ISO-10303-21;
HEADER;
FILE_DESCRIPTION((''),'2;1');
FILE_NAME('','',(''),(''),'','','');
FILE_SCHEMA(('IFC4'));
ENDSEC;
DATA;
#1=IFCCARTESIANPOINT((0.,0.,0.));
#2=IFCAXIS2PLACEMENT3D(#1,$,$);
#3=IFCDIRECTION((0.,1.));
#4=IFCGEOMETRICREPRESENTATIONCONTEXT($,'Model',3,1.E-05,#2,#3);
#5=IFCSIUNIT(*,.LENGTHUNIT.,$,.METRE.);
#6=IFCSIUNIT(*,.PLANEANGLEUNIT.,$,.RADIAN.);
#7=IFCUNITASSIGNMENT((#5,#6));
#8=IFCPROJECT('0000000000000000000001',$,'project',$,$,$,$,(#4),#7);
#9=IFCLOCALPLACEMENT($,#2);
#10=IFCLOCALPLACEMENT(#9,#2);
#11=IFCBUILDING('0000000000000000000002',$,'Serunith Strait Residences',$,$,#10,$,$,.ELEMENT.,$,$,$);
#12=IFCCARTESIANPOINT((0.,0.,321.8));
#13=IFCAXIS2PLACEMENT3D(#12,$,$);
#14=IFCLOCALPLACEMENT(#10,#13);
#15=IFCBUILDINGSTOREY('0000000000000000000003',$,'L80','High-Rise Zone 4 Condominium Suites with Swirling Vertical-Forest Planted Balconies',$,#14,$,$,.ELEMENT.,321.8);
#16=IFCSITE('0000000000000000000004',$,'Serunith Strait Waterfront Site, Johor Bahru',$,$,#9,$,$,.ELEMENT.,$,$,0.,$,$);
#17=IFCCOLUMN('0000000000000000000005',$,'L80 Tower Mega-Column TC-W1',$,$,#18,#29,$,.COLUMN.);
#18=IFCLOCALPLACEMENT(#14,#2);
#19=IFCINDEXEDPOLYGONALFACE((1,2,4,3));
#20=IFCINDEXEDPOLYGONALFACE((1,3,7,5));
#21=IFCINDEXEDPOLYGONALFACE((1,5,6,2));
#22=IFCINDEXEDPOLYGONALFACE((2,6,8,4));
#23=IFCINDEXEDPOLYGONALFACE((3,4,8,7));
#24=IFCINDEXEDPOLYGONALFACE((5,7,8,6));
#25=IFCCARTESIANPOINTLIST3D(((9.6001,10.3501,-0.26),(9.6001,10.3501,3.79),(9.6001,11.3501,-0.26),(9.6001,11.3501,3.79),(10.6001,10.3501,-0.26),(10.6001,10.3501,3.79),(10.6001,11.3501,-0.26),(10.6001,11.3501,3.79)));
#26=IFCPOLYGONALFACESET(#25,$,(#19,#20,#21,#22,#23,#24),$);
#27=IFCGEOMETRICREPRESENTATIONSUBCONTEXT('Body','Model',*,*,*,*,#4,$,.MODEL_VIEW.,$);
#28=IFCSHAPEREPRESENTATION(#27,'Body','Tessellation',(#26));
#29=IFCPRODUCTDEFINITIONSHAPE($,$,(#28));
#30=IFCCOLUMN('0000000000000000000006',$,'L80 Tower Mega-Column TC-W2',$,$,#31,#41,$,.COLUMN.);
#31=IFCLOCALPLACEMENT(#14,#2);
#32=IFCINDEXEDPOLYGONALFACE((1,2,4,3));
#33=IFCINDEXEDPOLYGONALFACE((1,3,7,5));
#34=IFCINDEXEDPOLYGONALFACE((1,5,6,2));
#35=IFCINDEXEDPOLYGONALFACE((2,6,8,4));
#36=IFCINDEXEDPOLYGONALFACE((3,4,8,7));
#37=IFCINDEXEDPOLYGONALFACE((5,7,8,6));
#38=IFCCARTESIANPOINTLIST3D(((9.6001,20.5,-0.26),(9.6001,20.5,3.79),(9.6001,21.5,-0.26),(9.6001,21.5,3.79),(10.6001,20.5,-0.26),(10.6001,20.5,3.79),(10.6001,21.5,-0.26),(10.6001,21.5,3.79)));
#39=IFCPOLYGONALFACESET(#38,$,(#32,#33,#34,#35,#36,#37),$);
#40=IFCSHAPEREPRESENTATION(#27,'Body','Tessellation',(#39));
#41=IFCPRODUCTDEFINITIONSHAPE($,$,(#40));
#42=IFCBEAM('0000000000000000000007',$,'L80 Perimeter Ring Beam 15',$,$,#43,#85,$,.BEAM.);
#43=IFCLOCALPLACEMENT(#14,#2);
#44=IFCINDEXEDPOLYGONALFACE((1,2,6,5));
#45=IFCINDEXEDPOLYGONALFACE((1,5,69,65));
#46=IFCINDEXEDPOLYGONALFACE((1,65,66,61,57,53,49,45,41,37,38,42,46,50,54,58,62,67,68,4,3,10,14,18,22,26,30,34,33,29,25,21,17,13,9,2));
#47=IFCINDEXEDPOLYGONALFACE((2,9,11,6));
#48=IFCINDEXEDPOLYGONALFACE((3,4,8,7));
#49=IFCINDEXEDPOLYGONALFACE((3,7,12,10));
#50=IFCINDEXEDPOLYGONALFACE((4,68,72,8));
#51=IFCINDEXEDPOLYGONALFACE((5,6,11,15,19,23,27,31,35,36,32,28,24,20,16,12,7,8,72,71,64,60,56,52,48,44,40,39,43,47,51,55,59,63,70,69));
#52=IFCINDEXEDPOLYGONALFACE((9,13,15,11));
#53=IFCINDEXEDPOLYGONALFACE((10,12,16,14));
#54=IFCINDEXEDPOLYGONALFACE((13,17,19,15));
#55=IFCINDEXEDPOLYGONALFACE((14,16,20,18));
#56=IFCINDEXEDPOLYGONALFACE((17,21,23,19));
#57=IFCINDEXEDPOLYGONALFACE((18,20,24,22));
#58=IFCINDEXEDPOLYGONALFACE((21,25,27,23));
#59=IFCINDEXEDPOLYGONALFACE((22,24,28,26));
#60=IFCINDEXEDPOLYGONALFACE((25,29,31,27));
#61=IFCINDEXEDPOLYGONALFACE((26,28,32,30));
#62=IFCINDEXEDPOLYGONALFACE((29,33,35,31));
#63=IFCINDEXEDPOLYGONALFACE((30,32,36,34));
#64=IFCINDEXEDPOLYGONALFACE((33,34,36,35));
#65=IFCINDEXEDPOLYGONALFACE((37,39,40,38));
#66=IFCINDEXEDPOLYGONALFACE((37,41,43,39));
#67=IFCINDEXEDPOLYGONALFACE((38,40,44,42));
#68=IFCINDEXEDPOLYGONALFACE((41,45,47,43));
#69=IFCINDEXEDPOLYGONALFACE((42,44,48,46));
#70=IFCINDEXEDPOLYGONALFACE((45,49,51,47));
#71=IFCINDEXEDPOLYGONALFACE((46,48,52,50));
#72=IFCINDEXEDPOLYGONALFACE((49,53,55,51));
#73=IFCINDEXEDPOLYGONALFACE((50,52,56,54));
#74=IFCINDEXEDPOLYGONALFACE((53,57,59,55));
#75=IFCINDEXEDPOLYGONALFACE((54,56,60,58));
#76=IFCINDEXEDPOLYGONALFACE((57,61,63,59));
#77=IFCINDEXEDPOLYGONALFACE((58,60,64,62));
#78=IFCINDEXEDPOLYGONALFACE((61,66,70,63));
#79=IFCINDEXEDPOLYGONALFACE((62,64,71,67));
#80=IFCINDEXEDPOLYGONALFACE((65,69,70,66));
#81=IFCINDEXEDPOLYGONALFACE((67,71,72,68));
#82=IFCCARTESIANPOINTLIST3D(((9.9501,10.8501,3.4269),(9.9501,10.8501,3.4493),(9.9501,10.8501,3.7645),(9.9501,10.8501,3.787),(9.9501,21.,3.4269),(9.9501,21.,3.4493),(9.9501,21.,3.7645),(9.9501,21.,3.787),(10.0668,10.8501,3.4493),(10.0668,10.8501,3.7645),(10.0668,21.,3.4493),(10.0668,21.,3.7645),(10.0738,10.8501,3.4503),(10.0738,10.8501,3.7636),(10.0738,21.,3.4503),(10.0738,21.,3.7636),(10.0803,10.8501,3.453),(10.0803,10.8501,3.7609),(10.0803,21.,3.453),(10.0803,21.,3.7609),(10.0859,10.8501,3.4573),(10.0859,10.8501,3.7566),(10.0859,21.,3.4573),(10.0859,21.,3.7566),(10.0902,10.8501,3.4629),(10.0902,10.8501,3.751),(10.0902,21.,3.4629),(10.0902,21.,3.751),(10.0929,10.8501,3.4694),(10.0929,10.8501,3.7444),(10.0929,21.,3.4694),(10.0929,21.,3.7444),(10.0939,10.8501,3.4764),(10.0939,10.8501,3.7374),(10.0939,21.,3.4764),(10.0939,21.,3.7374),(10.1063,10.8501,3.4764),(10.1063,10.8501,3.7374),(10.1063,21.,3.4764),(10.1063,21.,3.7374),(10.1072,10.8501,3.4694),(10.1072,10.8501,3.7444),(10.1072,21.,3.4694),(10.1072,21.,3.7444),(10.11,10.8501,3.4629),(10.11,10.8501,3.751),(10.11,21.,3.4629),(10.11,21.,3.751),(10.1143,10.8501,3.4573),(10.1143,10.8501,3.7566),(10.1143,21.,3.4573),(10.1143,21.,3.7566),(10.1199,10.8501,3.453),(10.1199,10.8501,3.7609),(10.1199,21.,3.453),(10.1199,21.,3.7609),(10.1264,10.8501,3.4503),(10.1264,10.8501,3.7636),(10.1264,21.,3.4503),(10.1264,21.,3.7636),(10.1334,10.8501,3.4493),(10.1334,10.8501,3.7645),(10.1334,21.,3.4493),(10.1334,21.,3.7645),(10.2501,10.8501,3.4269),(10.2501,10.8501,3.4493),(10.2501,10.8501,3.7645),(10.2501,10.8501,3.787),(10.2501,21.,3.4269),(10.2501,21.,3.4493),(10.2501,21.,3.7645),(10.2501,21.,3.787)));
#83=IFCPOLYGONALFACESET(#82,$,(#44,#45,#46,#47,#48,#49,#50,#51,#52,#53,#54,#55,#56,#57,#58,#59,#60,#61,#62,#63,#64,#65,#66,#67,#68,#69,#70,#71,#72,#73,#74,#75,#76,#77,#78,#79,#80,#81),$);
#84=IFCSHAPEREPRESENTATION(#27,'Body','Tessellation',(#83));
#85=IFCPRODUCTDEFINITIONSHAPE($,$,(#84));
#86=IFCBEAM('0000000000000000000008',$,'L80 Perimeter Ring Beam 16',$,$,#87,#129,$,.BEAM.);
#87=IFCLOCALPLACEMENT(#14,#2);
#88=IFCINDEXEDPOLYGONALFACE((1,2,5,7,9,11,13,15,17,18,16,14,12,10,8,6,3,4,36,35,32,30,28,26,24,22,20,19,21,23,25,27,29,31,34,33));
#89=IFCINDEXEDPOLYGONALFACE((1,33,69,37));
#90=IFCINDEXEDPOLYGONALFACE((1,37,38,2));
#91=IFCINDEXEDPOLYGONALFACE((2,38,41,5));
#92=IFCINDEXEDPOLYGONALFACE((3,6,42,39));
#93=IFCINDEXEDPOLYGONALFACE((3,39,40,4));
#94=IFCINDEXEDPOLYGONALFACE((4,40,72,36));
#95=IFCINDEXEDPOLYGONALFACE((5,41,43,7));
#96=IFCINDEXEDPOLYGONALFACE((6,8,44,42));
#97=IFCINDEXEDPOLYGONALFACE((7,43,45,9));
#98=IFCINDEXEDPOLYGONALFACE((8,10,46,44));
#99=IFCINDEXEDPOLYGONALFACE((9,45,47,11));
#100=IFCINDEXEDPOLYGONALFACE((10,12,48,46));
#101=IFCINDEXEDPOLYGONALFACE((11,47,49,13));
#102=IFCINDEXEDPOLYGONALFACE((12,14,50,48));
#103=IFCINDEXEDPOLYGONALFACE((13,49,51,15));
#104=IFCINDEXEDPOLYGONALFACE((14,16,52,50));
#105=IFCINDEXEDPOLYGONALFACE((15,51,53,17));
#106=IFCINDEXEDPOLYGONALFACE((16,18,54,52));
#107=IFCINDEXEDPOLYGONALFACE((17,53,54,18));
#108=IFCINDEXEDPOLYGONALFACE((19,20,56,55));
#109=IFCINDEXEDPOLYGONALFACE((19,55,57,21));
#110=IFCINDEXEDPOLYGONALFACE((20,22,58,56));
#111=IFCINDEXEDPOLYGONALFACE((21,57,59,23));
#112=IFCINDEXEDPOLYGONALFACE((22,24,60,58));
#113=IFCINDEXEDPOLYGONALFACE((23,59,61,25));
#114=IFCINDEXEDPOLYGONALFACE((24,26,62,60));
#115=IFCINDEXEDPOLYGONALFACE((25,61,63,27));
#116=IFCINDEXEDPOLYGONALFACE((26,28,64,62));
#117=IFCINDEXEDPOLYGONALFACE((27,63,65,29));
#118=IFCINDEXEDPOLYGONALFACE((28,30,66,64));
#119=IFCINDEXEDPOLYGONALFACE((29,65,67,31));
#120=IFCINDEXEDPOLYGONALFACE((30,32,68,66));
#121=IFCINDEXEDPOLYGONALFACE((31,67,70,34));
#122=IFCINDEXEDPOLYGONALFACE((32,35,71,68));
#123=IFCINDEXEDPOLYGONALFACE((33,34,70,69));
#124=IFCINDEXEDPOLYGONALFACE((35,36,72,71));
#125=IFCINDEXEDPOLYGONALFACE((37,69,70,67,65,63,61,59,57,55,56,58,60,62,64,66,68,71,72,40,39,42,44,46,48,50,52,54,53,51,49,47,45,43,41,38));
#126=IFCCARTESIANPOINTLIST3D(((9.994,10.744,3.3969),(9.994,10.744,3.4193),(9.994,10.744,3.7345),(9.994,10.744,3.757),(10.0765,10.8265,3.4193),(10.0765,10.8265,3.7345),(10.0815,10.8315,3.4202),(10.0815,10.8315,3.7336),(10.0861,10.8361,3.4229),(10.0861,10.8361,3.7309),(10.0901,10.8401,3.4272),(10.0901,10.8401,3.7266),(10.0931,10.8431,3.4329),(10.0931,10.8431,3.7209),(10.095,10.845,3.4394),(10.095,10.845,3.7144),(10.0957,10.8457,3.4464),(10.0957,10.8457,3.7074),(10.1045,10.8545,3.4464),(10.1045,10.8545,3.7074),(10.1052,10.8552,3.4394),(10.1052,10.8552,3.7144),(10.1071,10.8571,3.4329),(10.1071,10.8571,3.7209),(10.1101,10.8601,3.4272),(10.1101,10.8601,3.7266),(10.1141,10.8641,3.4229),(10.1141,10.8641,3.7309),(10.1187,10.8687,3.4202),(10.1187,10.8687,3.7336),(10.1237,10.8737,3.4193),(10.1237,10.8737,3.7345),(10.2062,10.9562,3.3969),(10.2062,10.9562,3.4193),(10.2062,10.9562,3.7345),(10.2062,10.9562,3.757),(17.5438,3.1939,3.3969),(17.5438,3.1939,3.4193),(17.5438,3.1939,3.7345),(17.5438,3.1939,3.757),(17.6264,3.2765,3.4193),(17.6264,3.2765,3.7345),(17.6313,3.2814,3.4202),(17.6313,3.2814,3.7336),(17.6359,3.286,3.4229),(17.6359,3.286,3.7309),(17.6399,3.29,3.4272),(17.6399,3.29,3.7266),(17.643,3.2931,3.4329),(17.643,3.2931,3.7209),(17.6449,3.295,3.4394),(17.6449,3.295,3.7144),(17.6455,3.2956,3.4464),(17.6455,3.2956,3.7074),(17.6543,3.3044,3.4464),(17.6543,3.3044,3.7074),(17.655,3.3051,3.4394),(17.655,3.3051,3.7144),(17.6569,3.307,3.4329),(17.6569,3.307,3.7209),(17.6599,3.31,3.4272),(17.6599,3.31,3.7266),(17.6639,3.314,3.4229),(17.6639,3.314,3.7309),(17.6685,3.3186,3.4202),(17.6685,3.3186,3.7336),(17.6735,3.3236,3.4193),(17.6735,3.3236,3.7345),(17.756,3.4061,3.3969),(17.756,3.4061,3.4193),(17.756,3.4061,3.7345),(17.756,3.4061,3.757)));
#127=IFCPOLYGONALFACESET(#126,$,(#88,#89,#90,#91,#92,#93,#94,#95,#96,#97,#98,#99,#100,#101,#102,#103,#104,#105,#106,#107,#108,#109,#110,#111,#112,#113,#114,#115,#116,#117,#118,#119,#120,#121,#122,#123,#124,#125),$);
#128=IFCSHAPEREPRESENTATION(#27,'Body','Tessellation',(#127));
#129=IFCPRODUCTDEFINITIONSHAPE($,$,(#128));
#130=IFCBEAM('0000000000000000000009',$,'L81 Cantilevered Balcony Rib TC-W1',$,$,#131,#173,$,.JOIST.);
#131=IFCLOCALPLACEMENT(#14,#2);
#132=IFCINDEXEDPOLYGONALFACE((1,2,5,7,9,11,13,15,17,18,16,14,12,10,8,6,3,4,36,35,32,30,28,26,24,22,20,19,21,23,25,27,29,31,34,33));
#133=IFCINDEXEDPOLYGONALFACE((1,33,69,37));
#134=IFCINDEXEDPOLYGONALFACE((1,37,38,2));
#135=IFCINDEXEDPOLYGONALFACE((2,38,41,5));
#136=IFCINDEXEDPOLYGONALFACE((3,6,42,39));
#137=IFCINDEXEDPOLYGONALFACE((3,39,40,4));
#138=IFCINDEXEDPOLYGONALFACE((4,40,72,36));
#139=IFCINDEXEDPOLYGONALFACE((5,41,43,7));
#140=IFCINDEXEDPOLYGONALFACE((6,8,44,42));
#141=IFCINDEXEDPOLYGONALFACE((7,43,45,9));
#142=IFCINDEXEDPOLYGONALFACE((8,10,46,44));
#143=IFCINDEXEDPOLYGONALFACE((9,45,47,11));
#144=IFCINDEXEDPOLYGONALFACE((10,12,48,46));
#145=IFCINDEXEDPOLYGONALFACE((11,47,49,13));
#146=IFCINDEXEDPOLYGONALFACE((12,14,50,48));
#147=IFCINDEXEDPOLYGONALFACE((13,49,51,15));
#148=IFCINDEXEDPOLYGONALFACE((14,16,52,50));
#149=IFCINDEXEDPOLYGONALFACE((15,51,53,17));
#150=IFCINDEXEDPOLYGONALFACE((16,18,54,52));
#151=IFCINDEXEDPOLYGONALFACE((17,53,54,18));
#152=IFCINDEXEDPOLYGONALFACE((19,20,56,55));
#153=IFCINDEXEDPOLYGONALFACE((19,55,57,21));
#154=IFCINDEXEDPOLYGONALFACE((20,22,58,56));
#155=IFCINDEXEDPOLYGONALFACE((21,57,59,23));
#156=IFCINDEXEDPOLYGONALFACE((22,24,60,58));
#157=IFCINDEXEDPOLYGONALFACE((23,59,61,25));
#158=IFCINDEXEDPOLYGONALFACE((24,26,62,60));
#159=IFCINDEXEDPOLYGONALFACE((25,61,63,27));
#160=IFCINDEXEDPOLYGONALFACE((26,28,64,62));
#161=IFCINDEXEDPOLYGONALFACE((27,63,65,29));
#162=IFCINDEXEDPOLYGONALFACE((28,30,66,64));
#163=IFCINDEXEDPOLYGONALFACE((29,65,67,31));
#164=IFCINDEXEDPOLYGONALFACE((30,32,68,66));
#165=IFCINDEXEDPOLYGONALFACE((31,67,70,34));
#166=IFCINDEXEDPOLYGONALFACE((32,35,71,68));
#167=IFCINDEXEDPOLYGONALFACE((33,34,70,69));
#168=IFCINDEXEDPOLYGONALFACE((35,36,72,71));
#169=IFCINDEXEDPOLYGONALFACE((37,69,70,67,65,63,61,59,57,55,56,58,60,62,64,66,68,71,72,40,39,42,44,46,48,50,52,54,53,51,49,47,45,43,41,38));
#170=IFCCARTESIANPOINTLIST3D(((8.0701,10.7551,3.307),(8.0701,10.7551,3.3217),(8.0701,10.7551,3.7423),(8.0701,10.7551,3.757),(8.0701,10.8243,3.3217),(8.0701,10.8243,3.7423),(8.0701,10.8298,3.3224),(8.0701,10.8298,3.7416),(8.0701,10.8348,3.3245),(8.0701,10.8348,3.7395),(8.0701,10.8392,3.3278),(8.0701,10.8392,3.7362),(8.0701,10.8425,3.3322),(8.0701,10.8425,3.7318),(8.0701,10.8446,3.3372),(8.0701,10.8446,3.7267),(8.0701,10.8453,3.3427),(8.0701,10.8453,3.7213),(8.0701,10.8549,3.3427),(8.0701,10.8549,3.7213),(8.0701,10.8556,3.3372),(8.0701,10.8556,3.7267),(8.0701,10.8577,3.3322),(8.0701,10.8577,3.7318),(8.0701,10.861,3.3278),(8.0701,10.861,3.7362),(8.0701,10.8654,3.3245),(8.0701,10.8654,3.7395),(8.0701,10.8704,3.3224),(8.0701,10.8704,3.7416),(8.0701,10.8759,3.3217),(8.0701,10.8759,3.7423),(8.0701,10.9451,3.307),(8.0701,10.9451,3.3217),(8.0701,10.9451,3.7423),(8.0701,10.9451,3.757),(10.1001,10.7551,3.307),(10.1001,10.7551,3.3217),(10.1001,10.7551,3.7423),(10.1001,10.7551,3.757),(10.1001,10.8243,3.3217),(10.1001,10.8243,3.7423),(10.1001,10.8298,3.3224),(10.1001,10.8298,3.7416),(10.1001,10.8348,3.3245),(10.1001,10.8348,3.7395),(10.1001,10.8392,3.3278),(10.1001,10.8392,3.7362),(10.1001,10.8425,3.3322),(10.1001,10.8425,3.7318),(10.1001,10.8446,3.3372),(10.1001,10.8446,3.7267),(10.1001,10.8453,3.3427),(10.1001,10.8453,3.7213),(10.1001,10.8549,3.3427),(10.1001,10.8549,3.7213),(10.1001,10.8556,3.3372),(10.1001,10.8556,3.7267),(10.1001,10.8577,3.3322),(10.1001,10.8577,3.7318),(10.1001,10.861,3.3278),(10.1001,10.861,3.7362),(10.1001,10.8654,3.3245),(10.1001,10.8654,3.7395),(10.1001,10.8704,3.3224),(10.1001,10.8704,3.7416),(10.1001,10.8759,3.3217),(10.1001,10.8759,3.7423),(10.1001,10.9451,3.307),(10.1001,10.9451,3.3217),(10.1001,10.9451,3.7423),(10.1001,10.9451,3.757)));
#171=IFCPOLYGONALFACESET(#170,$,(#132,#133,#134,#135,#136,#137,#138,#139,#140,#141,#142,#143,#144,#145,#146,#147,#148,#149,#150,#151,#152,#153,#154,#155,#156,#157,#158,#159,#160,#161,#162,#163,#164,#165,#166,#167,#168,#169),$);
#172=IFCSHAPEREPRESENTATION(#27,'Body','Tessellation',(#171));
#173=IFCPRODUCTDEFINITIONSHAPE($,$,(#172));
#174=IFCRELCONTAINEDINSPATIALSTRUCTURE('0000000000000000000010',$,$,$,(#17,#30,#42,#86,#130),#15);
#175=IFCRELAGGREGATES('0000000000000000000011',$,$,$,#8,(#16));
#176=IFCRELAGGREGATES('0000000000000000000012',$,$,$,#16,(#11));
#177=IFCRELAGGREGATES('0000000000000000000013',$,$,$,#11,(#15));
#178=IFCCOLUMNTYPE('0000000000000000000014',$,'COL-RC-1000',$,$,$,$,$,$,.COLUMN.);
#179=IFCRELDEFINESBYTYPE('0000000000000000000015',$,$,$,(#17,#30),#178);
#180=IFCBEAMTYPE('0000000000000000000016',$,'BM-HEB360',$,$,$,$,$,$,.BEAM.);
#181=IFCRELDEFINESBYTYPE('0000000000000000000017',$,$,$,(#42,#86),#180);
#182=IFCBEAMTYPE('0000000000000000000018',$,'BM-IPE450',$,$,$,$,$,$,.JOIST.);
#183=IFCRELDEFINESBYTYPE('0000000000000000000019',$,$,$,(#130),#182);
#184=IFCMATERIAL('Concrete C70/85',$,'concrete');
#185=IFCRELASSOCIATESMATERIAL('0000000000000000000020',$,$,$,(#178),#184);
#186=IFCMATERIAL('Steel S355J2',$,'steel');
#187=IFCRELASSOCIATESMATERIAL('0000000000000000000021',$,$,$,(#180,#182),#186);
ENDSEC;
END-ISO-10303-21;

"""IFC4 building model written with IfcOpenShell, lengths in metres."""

from ifc_helpers import new_model, si_unit, direction, frame, origin, origin_2d, place, context, subcontext, project, spatial, rectangle, i_section, extrude, source, transform, mapped, material, material_profile, profile_set, type_object, element, save


model = new_model("IFC4")

# Units and contexts
model_context = context("Model", 3, precision=1e-05, world=origin(), true_north=direction((0.0, 1.0)))
body_context = subcontext(model_context, "Body", "Model", "MODEL_VIEW")
ifc_project = project(units=[si_unit("LENGTHUNIT", "METRE"), si_unit("PLANEANGLEUNIT", "RADIAN")], contexts=[model_context])

# Site, building, storey
site_placement = place(None, origin())
site = spatial("IfcSite", under=ifc_project, at=site_placement, Name="Serunith Strait Waterfront Site, Johor Bahru", CompositionType="ELEMENT", RefElevation=0.0)
building_placement = place(site_placement, origin())
building = spatial("IfcBuilding", under=site, at=building_placement, Name="Serunith Strait Residences", CompositionType="ELEMENT")
storey_placement = place(building_placement, frame((0.0, 0.0, 321.8)))
storey = spatial("IfcBuildingStorey", under=building, at=storey_placement, Name="L80", Description="High-Rise Zone 4 Condominium Suites with Swirling Vertical-Forest Planted Balconies", CompositionType="ELEMENT", Elevation=321.8)

# Columns
ifc_material_1 = material(Name="Concrete C70/85", Category="concrete")
ifc_material_profile_1 = material_profile(ifc_material_1, rectangle(XDim=1.0, YDim=1.0, at=origin_2d()), Name="RC 1000x1000")
ifc_profile_set_1 = profile_set([ifc_material_profile_1], Name="Concrete C70/85")
column_type = type_object("IfcColumnType", Name="COL-RC-1000", PredefinedType="COLUMN", material=ifc_profile_set_1)
shared_shape_1 = source(origin(), body_context, "Body", "SweptSolid", [
    extrude(rectangle(XDim=1.0, YDim=1.0, at=origin_2d()), origin(), (0.0, 0.0, 1.0), 4.05),
])
for number, where, z_axis, x_axis, name in (
    (1, (10.1001, 10.8501, -0.26), (0.0, 0.0, 1.0), (1.0, 0.0, 0.0), "L80 Tower Mega-Column TC-W1"),
    (2, (10.1001, 21.0, -0.26), (0.0, 0.0, 1.0), (1.0, 0.0, 0.0), "L80 Tower Mega-Column TC-W2"),
):
    element("IfcColumn", number, at=place(storey_placement, frame(where, z_axis=z_axis, x_axis=x_axis)), inside=storey, type_object=column_type, Name=name, PredefinedType="COLUMN", context=body_context, shape_type="MappedRepresentation", body=[
        mapped(shared_shape_1, transform((0.0, 0.0, 0.0), scale=1.0)),
    ])

# Beams
ifc_material_2 = material(Name="Steel S355J2", Category="steel")
ifc_material_profile_2 = material_profile(ifc_material_2, i_section(OverallWidth=0.3, OverallDepth=0.3601, WebThickness=0.0125, FlangeThickness=0.0225, FilletRadius=0.0271, at=origin_2d()), Name="HEB 360")
ifc_profile_set_2 = profile_set([ifc_material_profile_2], Name="Steel S355J2")
beam_type_1 = type_object("IfcBeamType", Name="BM-HEB360", PredefinedType="BEAM", material=ifc_profile_set_2)
shared_shape_2 = source(origin(), body_context, "Body", "SweptSolid", [
    extrude(i_section(OverallWidth=0.3, OverallDepth=0.3601, WebThickness=0.0125, FlangeThickness=0.0225, FilletRadius=0.0271, at=origin_2d()), origin(), (0.0, 0.0, 1.0), 10.1499),
])
beam_1_placement = place(storey_placement, frame((10.1001, 21.0, 3.6069), z_axis=(0.0, -1.0, 0.0), x_axis=(1.0, 0.0, 0.0)))
element("IfcBeam", 3, at=beam_1_placement, inside=storey, type_object=beam_type_1, Name="L80 Perimeter Ring Beam 15", PredefinedType="BEAM", context=body_context, shape_type="MappedRepresentation", body=[
    mapped(shared_shape_2, transform((0.0, 0.0, 0.0), scale=1.0)),
])
shared_shape_3 = source(origin(), body_context, "Body", "SweptSolid", [
    extrude(i_section(OverallWidth=0.3, OverallDepth=0.3601, WebThickness=0.0125, FlangeThickness=0.0225, FilletRadius=0.0271, at=origin_2d()), origin(), (0.0, 0.0, 1.0), 10.6772),
])
beam_2_placement = place(storey_placement, frame((10.1001, 10.8501, 3.5769), z_axis=(0.707095, -0.707118, 0.0), x_axis=(0.707118, 0.707095, 0.0)))
element("IfcBeam", 4, at=beam_2_placement, inside=storey, type_object=beam_type_1, Name="L80 Perimeter Ring Beam 16", PredefinedType="BEAM", context=body_context, shape_type="MappedRepresentation", body=[
    mapped(shared_shape_3, transform((0.0, 0.0, 0.0), scale=1.0)),
])
ifc_material_profile_3 = material_profile(ifc_material_2, i_section(OverallWidth=0.1899, OverallDepth=0.45, WebThickness=0.0095, FlangeThickness=0.0146, FilletRadius=0.021, at=origin_2d()), Name="IPE 450")
ifc_profile_set_3 = profile_set([ifc_material_profile_3], Name="Steel S355J2")
beam_type_2 = type_object("IfcBeamType", Name="BM-IPE450", PredefinedType="JOIST", material=ifc_profile_set_3)
shared_shape_4 = source(origin(), body_context, "Body", "SweptSolid", [
    extrude(i_section(OverallWidth=0.1899, OverallDepth=0.45, WebThickness=0.0095, FlangeThickness=0.0146, FilletRadius=0.021, at=origin_2d()), origin(), (0.0, 0.0, 1.0), 2.03),
])
for number, where, z_axis, x_axis, name in (
    (5, (10.1001, 10.8501, 3.532), (-1.0, 0.0, 0.0), (0.0, -1.0, 0.0), "L81 Cantilevered Balcony Rib TC-W1"),
):
    element("IfcBeam", number, at=place(storey_placement, frame(where, z_axis=z_axis, x_axis=x_axis)), inside=storey, type_object=beam_type_2, Name=name, PredefinedType="JOIST", context=body_context, shape_type="MappedRepresentation", body=[
        mapped(shared_shape_4, transform((0.0, 0.0, 0.0), scale=1.0)),
    ])

save(model, "model.ifc")
